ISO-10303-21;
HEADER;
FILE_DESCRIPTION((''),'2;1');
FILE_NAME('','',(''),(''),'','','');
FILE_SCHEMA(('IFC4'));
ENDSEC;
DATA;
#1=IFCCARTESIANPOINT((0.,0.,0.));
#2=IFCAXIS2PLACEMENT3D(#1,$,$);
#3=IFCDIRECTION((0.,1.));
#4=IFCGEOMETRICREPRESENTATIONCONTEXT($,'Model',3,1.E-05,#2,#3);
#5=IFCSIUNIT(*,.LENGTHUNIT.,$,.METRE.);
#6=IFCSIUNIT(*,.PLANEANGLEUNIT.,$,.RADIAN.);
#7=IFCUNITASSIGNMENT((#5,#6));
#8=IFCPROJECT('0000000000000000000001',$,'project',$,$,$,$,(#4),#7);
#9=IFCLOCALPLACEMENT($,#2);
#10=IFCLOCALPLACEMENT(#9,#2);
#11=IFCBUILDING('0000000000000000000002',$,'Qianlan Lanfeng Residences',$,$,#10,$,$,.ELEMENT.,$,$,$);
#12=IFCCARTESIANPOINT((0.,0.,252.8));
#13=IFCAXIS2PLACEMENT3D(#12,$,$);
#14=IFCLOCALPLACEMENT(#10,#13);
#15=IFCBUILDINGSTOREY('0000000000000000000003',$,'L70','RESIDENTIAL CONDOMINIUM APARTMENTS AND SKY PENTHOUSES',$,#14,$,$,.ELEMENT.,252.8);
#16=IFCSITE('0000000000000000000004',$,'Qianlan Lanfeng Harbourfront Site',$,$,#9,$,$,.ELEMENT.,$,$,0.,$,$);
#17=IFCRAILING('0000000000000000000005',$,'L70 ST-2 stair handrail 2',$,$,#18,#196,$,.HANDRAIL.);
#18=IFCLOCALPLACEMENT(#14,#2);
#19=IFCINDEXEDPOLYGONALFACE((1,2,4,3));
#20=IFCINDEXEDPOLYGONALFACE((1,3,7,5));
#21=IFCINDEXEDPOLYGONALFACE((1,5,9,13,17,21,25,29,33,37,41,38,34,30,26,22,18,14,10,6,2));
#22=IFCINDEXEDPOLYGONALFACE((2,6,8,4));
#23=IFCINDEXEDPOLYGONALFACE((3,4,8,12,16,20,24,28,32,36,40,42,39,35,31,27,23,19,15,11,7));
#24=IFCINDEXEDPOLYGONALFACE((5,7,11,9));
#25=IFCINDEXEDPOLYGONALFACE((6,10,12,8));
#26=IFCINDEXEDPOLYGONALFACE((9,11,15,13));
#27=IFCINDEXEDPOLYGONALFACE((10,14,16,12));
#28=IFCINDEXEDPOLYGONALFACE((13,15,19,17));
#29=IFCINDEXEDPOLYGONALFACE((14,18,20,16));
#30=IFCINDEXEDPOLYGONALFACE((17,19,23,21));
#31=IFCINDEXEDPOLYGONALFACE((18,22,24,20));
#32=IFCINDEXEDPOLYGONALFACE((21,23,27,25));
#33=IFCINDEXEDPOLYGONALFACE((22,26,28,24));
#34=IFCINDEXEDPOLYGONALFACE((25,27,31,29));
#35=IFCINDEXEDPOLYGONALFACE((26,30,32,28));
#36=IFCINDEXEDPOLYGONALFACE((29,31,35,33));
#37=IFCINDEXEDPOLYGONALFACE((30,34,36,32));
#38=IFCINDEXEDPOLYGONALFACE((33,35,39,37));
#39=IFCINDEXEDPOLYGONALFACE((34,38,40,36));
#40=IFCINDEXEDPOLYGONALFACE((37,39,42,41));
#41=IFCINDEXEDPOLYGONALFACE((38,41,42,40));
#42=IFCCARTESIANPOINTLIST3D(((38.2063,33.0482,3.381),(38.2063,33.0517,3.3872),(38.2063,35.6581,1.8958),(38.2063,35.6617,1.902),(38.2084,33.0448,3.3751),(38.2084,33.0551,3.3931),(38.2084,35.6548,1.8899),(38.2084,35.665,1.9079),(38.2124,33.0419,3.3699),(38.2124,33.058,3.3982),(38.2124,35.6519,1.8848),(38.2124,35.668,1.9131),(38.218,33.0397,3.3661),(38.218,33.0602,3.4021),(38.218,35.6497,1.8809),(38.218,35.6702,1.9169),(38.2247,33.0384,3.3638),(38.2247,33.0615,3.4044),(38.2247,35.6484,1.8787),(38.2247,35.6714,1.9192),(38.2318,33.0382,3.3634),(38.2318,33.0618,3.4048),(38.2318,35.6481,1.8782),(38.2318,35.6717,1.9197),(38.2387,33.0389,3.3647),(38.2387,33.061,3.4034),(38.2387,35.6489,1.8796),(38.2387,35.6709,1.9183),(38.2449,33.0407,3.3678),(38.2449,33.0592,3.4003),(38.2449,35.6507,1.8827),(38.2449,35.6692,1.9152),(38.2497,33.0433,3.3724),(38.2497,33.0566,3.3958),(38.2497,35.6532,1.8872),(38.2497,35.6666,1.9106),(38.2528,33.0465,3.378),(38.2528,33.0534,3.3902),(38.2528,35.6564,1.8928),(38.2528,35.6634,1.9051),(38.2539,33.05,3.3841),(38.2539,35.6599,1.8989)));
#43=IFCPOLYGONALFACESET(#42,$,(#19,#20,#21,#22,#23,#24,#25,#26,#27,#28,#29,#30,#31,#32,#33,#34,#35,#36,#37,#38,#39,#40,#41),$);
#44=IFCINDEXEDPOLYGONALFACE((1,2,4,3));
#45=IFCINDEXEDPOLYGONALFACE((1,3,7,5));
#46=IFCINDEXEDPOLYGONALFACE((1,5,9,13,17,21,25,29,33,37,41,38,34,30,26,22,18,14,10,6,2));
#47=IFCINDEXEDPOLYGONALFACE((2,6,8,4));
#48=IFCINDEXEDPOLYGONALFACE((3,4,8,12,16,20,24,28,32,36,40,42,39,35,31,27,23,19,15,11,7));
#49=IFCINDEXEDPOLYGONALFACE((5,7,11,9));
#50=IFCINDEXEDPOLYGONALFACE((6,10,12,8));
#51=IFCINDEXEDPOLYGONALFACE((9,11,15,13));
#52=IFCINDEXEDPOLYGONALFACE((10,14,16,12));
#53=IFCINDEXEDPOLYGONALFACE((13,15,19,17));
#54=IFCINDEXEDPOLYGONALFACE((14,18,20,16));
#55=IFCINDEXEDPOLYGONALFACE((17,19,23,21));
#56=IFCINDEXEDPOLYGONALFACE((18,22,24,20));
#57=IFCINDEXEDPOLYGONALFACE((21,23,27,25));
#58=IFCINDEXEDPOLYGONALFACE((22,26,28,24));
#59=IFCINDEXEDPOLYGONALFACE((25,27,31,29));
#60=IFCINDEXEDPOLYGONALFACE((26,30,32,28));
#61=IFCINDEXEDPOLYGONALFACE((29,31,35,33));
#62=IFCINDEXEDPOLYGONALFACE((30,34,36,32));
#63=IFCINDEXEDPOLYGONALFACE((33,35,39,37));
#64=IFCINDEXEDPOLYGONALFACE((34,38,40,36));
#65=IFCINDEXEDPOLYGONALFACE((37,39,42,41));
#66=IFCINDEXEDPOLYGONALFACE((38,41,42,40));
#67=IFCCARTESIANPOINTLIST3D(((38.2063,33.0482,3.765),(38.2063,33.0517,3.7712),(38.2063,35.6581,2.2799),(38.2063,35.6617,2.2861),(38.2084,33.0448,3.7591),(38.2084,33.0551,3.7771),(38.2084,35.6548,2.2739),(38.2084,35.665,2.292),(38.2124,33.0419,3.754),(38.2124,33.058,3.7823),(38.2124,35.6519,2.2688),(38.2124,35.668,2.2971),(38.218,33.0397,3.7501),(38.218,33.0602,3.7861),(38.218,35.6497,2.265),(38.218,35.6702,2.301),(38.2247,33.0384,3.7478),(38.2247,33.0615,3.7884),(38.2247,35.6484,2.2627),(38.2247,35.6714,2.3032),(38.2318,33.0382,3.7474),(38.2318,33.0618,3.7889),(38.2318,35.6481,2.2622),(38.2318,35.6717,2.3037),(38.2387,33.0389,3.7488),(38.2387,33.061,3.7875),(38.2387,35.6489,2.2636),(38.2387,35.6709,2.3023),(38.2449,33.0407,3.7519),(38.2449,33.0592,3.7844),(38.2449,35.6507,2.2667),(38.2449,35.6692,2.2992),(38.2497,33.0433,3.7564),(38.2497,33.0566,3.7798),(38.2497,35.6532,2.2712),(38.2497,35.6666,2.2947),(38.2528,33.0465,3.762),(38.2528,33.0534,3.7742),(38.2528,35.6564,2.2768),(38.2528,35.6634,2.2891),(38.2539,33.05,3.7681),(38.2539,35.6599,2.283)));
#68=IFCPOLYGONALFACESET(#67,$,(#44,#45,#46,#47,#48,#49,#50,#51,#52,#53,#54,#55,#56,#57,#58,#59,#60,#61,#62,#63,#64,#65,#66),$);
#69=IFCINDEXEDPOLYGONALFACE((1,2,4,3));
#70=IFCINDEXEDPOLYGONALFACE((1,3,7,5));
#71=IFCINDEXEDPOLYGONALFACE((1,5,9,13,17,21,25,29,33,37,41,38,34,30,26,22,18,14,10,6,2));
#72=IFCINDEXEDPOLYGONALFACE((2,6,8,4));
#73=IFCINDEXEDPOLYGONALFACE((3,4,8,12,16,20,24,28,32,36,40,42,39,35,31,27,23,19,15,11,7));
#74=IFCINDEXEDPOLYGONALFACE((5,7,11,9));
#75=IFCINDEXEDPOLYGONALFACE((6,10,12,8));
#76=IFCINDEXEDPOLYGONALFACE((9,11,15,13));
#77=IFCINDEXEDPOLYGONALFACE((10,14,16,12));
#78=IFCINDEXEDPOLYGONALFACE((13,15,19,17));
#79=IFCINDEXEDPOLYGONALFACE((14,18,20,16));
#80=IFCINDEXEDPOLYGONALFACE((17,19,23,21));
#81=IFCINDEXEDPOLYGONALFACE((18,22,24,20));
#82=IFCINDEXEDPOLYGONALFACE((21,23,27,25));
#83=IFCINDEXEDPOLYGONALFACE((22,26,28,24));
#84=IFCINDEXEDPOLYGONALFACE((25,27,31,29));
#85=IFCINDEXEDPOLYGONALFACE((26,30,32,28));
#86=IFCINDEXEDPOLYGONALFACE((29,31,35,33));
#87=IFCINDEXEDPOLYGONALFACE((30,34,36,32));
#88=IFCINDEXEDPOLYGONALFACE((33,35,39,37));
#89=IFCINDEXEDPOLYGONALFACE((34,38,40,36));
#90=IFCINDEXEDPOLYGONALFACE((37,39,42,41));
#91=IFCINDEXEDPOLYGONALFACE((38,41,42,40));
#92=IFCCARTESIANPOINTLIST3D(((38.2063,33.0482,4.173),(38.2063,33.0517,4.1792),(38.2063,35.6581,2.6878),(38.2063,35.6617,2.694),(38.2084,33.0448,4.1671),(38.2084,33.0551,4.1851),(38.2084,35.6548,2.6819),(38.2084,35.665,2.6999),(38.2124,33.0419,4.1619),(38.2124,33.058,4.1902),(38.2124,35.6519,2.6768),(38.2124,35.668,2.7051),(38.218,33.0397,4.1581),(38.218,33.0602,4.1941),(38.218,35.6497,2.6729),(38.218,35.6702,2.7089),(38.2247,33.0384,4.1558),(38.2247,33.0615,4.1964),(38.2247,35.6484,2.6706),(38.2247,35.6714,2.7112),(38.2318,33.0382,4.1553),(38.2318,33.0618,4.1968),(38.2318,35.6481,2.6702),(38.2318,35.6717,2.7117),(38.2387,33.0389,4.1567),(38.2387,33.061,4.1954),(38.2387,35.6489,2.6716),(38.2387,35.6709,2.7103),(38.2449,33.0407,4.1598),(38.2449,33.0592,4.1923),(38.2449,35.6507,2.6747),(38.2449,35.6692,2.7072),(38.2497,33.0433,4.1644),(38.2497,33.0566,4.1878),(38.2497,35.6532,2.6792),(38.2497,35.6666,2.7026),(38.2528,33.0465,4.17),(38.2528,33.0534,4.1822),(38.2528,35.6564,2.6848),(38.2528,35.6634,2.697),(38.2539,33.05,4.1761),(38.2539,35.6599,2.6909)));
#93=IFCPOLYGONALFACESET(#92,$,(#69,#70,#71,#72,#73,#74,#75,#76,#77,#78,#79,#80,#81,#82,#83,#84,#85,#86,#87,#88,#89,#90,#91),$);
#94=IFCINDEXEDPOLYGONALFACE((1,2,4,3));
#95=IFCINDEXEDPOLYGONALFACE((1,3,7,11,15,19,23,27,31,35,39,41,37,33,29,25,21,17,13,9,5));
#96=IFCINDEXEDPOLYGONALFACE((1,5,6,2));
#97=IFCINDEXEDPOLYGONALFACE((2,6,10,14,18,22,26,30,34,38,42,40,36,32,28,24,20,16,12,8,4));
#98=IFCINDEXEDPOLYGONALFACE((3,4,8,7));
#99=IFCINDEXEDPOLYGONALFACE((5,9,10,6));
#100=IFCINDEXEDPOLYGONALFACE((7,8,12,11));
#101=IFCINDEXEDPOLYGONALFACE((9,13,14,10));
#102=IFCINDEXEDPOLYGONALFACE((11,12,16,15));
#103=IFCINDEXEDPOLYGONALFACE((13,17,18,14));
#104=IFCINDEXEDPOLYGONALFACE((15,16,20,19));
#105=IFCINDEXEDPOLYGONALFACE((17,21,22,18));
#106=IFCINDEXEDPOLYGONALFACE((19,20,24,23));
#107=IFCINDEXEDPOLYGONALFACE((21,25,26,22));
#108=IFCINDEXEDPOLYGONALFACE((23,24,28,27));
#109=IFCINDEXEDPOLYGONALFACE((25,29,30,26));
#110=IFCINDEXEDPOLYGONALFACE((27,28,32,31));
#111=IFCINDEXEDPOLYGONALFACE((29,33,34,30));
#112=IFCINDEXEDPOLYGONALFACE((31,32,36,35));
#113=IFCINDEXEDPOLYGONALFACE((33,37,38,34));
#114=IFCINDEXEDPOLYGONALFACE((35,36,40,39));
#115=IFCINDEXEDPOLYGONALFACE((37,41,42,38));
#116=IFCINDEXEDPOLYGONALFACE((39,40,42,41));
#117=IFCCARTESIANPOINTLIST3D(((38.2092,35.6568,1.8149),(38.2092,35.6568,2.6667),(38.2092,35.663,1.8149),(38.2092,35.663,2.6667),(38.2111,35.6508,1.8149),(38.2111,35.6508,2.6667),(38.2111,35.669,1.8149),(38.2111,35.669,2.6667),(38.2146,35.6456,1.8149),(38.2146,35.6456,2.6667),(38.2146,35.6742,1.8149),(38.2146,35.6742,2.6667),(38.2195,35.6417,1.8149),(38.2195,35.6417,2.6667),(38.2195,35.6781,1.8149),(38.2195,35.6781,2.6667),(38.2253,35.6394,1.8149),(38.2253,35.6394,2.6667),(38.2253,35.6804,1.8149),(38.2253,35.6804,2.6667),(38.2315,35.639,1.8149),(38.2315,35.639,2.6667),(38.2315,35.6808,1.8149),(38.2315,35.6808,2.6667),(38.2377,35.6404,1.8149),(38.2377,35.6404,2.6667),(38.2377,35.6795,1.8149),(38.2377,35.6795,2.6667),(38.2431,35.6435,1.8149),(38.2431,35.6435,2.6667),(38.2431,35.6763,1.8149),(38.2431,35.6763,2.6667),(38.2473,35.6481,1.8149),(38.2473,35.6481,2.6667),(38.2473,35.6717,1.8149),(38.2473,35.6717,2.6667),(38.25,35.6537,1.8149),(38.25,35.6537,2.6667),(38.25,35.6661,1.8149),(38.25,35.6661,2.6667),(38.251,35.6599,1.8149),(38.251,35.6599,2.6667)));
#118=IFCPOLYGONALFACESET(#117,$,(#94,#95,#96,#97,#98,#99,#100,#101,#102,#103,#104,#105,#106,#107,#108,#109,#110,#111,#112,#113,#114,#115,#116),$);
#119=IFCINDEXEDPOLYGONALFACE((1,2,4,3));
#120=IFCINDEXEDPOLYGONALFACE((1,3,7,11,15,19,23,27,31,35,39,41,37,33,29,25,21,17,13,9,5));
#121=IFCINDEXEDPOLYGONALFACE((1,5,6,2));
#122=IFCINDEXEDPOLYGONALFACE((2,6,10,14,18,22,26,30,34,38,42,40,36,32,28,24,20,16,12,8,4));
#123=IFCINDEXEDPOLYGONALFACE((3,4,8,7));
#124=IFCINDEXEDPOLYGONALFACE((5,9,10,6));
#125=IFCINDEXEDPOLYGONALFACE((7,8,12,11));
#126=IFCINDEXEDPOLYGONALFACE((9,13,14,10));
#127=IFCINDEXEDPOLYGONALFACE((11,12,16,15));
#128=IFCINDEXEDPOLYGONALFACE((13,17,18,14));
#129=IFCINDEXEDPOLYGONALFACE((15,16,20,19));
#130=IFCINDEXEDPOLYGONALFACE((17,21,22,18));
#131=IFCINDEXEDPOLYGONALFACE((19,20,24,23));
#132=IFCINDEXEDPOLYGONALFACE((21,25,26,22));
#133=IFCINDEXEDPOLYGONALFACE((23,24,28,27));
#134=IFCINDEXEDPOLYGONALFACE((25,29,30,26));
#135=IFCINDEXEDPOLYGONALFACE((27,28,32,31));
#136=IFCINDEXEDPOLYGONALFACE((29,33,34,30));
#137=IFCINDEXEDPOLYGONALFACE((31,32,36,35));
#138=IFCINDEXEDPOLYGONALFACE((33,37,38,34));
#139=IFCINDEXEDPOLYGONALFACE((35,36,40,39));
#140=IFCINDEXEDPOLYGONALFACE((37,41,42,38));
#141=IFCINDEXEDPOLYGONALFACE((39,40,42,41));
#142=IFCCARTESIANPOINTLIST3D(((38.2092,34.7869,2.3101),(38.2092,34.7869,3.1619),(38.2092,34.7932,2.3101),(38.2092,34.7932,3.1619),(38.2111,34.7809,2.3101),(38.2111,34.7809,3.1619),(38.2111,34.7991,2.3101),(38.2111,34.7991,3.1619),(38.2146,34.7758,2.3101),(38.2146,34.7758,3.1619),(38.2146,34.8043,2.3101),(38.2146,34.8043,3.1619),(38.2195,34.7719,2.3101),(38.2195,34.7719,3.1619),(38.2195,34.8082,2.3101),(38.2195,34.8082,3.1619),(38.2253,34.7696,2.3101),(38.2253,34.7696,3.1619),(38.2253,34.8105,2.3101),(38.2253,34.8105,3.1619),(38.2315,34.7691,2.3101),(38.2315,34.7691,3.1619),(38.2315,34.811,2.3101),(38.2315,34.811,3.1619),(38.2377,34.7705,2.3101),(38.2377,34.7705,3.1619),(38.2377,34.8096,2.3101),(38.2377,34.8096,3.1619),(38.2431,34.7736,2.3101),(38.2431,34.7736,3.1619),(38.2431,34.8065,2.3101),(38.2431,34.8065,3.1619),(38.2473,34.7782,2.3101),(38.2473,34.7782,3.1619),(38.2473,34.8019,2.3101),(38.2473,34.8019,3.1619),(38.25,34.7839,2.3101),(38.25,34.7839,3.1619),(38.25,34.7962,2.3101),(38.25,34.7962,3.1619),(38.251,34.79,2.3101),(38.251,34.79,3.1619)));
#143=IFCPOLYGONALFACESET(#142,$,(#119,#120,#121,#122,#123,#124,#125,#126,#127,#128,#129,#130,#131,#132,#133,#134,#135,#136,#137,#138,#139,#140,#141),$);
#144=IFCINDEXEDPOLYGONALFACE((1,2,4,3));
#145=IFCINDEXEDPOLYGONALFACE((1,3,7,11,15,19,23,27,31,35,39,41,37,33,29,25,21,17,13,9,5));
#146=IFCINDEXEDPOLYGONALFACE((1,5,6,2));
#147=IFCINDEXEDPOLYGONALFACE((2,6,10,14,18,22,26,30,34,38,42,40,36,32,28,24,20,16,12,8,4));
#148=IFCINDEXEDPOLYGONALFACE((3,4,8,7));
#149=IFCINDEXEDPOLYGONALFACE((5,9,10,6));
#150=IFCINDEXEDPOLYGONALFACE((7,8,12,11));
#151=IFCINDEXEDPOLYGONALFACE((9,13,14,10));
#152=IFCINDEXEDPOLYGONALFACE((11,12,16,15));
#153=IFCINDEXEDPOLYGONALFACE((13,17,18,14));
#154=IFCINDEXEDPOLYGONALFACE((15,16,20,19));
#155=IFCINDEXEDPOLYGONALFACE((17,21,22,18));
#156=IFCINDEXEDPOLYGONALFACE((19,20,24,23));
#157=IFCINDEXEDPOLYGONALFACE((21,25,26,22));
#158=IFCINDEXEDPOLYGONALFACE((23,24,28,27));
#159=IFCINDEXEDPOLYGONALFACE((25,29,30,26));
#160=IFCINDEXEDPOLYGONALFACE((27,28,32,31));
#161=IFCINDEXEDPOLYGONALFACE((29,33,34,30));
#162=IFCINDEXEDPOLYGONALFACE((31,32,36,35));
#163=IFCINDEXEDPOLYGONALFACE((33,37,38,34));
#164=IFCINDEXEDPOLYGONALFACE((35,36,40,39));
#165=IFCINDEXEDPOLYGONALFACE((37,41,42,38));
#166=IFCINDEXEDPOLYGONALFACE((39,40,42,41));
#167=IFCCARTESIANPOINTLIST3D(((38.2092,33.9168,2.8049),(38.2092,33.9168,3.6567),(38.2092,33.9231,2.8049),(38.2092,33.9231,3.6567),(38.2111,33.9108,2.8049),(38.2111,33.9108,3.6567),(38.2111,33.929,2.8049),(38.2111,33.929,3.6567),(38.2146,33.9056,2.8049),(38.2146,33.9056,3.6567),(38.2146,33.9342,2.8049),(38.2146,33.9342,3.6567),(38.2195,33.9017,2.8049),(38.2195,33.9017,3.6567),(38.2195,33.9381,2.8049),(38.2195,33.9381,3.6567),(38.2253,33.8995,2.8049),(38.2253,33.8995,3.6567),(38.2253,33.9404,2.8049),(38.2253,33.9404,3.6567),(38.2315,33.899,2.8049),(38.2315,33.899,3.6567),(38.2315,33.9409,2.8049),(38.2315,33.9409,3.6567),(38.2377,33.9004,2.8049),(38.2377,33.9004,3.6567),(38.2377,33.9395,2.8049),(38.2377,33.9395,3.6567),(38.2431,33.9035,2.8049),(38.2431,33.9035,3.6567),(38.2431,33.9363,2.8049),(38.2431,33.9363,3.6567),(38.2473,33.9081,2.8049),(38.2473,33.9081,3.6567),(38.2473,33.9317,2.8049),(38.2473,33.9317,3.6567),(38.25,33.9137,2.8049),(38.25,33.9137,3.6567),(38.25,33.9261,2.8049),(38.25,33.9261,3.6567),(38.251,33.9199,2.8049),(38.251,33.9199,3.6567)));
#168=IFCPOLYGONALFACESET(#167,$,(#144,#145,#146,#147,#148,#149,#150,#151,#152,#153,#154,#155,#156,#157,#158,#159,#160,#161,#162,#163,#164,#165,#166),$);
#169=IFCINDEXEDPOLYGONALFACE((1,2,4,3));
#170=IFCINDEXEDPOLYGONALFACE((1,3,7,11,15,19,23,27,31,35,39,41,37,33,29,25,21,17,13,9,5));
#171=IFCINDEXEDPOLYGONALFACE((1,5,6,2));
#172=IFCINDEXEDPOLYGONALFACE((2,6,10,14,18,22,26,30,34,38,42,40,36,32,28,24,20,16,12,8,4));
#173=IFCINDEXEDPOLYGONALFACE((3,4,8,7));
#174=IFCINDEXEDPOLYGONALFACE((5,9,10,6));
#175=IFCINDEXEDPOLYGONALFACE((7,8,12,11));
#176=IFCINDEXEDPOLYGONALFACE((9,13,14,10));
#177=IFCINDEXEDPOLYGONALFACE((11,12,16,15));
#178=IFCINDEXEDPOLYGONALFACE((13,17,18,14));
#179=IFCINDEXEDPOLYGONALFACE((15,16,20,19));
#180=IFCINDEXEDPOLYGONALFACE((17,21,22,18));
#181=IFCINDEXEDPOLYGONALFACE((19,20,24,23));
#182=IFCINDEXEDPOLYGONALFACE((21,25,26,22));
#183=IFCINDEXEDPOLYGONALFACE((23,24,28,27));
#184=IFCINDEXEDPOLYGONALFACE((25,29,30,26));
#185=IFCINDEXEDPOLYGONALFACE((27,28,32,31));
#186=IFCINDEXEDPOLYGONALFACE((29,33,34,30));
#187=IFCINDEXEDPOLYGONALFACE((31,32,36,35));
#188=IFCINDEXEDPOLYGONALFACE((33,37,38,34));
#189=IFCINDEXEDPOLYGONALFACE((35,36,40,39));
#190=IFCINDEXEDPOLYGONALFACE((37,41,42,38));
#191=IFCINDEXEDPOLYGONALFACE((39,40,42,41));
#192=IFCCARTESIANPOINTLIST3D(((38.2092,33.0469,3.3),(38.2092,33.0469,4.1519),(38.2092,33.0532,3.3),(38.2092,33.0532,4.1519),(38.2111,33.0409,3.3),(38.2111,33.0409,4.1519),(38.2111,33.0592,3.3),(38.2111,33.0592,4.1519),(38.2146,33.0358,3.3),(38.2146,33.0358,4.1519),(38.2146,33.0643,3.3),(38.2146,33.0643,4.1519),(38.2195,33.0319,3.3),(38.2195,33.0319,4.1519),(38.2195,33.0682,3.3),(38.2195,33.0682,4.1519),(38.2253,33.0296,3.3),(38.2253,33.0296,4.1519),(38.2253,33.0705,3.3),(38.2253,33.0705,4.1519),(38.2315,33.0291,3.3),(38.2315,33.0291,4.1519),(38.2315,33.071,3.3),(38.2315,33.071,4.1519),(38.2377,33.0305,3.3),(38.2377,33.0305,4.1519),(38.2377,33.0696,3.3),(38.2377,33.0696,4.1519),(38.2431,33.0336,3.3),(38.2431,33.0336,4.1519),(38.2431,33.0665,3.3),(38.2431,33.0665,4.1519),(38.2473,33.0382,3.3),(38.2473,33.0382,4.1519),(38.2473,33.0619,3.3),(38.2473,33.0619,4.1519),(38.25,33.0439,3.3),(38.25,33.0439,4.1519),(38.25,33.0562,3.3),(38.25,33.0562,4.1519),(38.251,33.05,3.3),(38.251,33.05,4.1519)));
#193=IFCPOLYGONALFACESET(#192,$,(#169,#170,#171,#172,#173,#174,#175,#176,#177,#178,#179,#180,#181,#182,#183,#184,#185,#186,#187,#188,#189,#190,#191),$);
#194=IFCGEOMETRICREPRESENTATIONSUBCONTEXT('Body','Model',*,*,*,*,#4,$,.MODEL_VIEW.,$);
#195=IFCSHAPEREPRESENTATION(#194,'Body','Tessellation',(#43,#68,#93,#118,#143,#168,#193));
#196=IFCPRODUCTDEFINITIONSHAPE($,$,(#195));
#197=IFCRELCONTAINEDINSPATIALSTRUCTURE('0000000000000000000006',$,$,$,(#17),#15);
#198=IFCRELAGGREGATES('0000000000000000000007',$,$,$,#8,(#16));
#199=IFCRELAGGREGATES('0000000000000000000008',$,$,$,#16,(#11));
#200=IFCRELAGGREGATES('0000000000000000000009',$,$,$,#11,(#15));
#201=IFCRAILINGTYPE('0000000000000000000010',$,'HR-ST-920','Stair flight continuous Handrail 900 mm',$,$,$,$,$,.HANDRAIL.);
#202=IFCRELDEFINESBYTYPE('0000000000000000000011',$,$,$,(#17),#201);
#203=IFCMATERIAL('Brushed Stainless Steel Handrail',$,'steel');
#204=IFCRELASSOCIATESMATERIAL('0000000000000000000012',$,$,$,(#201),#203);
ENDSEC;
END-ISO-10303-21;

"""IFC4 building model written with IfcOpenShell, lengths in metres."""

from ifc_helpers import new_model, si_unit, direction, frame, origin, origin_2d, place, context, subcontext, project, spatial, circle, extrude, material, type_object, element, save


model = new_model("IFC4")

# Units and contexts
model_context = context("Model", 3, precision=1e-05, world=origin(), true_north=direction((0.0, 1.0)))
body_context = subcontext(model_context, "Body", "Model", "MODEL_VIEW")
ifc_project = project(units=[si_unit("LENGTHUNIT", "METRE"), si_unit("PLANEANGLEUNIT", "RADIAN")], contexts=[model_context])

# Site, building, storey
site_placement = place(None, origin())
site = spatial("IfcSite", under=ifc_project, at=site_placement, Name="Qianlan Lanfeng Harbourfront Site", CompositionType="ELEMENT", RefElevation=0.0)
building_placement = place(site_placement, origin())
building = spatial("IfcBuilding", under=site, at=building_placement, Name="Qianlan Lanfeng Residences", CompositionType="ELEMENT")
storey_placement = place(building_placement, frame((0.0, 0.0, 252.8)))
storey = spatial("IfcBuildingStorey", under=building, at=storey_placement, Name="L70", Description="RESIDENTIAL CONDOMINIUM APARTMENTS AND SKY PENTHOUSES", CompositionType="ELEMENT", Elevation=252.8)

# Railing
ifc_material_1 = material(Name="Brushed Stainless Steel Handrail", Category="steel")
railing_type_1 = type_object("IfcRailingType", Name="HR-ST-920", Description="Stair flight continuous Handrail 900 mm", PredefinedType="HANDRAIL", material=ifc_material_1)
railing_1_placement = place(storey_placement, frame((38.23, 35.6599, 1.8149)))
element("IfcRailing", 1, at=railing_1_placement, inside=storey, type_object=railing_type_1, Name="L70 ST-2 stair handrail 2", PredefinedType="HANDRAIL", context=body_context, shape_type="SweptSolid", body=[
    extrude(circle(Radius=0.0239, at=origin_2d()), frame((0.0, 0.0, 0.084), z_axis=(0.0, -0.869137, 0.494571), x_axis=(1.0, 0.0, 0.0)), (0.0, 0.0, 1.0), 3.0029),
    extrude(circle(Radius=0.0239, at=origin_2d()), frame((0.0, 0.0, 0.468), z_axis=(0.0, -0.869137, 0.494571), x_axis=(1.0, 0.0, 0.0)), (0.0, 0.0, 1.0), 3.0029),
    extrude(circle(Radius=0.0239, at=origin_2d()), frame((0.0, 0.0, 0.876), z_axis=(0.0, -0.869137, 0.494571), x_axis=(1.0, 0.0, 0.0)), (0.0, 0.0, 1.0), 3.0029),
    extrude(circle(Radius=0.021, at=origin_2d()), origin(), (0.0, 0.0, 1.0), 0.8518),
    extrude(circle(Radius=0.021, at=origin_2d()), frame((0.0, -0.8699, 0.4951)), (0.0, 0.0, 1.0), 0.8518),
    extrude(circle(Radius=0.021, at=origin_2d()), frame((0.0, -1.74, 0.99)), (0.0, 0.0, 1.0), 0.8518),
    extrude(circle(Radius=0.021, at=origin_2d()), frame((0.0, -2.6099, 1.4851)), (0.0, 0.0, 1.0), 0.8518),
])

save(model, "model.ifc")
